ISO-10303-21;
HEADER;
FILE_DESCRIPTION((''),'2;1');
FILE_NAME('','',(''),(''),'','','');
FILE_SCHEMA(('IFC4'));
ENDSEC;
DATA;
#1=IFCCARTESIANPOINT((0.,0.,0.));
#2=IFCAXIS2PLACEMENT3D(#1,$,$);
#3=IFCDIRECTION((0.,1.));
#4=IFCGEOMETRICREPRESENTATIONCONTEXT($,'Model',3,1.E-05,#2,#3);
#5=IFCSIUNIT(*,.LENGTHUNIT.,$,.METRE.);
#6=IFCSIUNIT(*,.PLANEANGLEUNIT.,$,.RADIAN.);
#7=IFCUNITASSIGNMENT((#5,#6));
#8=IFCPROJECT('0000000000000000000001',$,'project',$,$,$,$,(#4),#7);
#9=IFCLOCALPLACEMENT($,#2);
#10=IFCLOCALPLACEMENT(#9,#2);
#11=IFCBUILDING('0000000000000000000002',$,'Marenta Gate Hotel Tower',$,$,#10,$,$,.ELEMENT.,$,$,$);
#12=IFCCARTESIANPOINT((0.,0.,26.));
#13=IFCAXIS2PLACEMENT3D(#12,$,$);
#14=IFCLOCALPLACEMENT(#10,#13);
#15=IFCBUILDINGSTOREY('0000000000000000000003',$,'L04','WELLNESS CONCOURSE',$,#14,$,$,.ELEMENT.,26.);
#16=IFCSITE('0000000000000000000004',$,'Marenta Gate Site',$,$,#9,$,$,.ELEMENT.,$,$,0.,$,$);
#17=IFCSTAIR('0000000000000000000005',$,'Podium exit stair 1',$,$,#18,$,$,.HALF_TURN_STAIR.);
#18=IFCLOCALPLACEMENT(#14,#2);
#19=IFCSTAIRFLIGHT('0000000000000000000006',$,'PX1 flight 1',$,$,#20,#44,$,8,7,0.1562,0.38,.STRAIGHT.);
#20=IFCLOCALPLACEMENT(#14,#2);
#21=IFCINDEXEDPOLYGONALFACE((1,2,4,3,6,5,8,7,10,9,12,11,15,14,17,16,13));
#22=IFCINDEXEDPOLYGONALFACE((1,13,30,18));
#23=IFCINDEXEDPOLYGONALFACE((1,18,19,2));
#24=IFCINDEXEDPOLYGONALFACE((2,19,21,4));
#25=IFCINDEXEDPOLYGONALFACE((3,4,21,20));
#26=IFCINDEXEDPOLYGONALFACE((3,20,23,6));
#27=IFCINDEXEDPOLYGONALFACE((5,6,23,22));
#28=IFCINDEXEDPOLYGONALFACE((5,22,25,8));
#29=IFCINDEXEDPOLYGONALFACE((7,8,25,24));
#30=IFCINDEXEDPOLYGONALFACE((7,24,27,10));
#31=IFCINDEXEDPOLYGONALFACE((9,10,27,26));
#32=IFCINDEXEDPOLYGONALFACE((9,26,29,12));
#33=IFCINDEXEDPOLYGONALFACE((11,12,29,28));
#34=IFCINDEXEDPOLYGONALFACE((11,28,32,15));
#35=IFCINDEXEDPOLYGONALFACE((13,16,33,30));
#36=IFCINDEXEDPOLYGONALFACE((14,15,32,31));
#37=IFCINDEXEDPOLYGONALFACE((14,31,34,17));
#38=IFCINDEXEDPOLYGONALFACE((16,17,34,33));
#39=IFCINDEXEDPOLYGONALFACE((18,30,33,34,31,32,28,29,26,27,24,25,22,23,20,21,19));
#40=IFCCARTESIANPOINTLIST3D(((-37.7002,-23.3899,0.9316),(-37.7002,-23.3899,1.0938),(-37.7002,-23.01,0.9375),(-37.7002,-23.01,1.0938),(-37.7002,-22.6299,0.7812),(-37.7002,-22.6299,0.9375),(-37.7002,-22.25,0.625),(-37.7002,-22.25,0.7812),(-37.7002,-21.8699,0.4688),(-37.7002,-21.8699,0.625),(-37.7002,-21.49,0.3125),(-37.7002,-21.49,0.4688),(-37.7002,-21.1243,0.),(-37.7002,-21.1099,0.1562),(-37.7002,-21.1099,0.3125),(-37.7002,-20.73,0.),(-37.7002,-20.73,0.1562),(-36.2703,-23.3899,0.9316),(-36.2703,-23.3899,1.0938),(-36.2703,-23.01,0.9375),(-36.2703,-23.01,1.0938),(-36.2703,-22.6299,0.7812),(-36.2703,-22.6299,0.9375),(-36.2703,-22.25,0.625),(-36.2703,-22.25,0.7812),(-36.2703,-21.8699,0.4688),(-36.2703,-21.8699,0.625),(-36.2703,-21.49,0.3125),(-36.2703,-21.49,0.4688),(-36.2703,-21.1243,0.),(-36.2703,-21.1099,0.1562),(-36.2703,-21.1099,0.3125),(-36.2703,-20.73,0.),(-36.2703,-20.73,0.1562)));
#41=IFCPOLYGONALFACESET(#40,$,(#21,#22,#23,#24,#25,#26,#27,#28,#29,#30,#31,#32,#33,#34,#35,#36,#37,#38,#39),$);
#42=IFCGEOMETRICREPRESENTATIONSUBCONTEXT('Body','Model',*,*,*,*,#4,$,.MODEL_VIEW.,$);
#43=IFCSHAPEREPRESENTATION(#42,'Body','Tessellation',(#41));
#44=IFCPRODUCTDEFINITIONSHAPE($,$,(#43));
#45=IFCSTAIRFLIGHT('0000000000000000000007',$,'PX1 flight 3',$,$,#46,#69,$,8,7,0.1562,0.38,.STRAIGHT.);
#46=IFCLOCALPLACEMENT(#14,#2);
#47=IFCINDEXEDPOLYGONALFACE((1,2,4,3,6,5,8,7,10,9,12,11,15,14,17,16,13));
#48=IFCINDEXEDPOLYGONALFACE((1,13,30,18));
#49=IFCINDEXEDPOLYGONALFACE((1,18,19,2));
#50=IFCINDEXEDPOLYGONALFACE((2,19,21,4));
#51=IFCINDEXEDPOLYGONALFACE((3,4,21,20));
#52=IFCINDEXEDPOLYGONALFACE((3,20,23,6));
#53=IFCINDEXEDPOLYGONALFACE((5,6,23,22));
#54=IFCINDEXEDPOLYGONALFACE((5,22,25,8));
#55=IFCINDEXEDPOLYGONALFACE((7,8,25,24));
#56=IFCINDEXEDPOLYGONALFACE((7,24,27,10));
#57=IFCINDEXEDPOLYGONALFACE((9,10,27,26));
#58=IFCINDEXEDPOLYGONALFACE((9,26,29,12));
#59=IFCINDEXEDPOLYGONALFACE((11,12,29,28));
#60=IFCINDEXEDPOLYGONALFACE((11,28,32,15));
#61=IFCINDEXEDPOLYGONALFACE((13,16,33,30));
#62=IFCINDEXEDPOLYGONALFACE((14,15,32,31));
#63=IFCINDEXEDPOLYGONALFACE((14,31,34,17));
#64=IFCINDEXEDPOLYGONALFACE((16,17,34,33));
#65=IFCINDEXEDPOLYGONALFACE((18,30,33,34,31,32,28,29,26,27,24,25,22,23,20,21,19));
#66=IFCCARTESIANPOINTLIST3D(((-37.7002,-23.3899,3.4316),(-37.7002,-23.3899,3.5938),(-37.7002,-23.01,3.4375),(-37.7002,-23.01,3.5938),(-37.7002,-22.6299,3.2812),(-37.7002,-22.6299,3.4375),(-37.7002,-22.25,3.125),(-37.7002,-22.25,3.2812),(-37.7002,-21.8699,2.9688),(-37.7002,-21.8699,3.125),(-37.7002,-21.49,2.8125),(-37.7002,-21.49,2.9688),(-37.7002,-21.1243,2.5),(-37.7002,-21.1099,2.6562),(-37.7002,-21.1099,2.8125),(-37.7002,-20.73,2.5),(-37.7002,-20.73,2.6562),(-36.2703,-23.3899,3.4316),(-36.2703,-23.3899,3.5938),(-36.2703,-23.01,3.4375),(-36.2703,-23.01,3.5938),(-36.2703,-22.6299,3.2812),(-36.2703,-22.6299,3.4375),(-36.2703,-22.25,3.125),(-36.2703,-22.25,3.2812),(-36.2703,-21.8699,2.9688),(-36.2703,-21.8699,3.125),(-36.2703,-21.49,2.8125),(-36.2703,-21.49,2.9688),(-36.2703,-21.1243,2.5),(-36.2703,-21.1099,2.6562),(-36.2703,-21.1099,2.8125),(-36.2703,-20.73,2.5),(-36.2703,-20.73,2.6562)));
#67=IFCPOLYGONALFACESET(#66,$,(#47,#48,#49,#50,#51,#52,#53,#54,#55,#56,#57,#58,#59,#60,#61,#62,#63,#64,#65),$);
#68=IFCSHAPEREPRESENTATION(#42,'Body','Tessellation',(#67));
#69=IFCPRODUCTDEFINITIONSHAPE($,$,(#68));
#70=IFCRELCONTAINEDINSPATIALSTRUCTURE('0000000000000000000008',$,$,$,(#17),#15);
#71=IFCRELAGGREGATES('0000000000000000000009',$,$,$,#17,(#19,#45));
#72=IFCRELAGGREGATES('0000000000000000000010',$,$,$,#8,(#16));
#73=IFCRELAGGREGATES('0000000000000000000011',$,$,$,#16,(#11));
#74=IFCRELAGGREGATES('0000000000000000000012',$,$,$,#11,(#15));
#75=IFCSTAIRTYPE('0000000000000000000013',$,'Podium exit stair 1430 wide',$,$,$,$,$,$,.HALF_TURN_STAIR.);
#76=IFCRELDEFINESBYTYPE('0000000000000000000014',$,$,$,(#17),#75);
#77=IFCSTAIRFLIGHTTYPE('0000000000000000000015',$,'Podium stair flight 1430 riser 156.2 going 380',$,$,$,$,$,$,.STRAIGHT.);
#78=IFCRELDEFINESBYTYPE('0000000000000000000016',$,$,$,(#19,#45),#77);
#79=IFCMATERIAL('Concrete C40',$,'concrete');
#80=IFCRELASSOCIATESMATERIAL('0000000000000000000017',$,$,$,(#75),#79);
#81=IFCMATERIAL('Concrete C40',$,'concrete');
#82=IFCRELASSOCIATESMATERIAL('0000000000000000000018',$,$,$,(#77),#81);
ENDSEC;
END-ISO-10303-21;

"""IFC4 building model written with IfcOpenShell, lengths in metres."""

from ifc_helpers import new_model, si_unit, direction, frame, origin, place, context, subcontext, project, spatial, polyline, outline, extrude, material, type_object, element, aggregate, save


model = new_model("IFC4")

# Units and contexts
model_context = context("Model", 3, precision=1e-05, world=origin(), true_north=direction((0.0, 1.0)))
body_context = subcontext(model_context, "Body", "Model", "MODEL_VIEW")
ifc_project = project(units=[si_unit("LENGTHUNIT", "METRE"), si_unit("PLANEANGLEUNIT", "RADIAN")], contexts=[model_context])

# Site, building, storey
site_placement = place(None, origin())
site = spatial("IfcSite", under=ifc_project, at=site_placement, Name="Marenta Gate Site", CompositionType="ELEMENT", RefElevation=0.0)
building_placement = place(site_placement, origin())
building = spatial("IfcBuilding", under=site, at=building_placement, Name="Marenta Gate Hotel Tower", CompositionType="ELEMENT")
storey_placement = place(building_placement, frame((0.0, 0.0, 26.0)))
storey = spatial("IfcBuildingStorey", under=building, at=storey_placement, Name="L04", Description="WELLNESS CONCOURSE", CompositionType="ELEMENT", Elevation=26.0)

# Stair, stair flights
ifc_material_1 = material(Name="Concrete C40", Category="concrete")
stair_type = type_object("IfcStairType", Name="Podium exit stair 1430 wide", PredefinedType="HALF_TURN_STAIR", material=ifc_material_1)
stair_placement = place(storey_placement, origin())
stair = element("IfcStair", 1, at=stair_placement, inside=storey, type_object=stair_type, Name="Podium exit stair 1", PredefinedType="HALF_TURN_STAIR")
ifc_material_2 = material(Name="Concrete C40", Category="concrete")
stair_flight_type = type_object("IfcStairFlightType", Name="Podium stair flight 1430 riser 156.2 going 380", PredefinedType="STRAIGHT", material=ifc_material_2)
stair_flight_1_placement = place(storey_placement, frame((-36.9851, -20.73, 0.0), z_axis=(0.0, 0.0, 1.0), x_axis=(0.0, -1.0, 0.0)))
stair_flight_1 = element("IfcStairFlight", 2, at=stair_flight_1_placement, type_object=stair_flight_type, Name="PX1 flight 1", NumberOfRisers=8, NumberOfTreads=7, PredefinedType="STRAIGHT", RiserHeight=0.1562, TreadLength=0.38, context=body_context, shape_type="SweptSolid", body=[
    extrude(outline(polyline([(0.0, 0.0), (0.0, 0.1562), (0.3799, 0.1562), (0.3799, 0.3125), (0.76, 0.3125), (0.76, 0.4688), (1.1399, 0.4688), (1.1399, 0.625), (1.52, 0.625), (1.52, 0.7812), (1.8999, 0.7812), (1.8999, 0.9375), (2.28, 0.9375), (2.28, 1.0938), (2.6599, 1.0938), (2.6599, 1.25), (2.6599, 0.9316), (0.3943, 0.0), (0.0, 0.0)])), frame((0.0, 0.7148, 0.0), z_axis=(0.0, -1.0, 0.0), x_axis=(1.0, 0.0, 0.0)), (0.0, 0.0, 1.0), 1.4299),
])
stair_flight_2_placement = place(storey_placement, frame((-36.9851, -20.73, 2.5), z_axis=(0.0, 0.0, 1.0), x_axis=(0.0, -1.0, 0.0)))
stair_flight_2 = element("IfcStairFlight", 3, at=stair_flight_2_placement, type_object=stair_flight_type, Name="PX1 flight 3", NumberOfRisers=8, NumberOfTreads=7, PredefinedType="STRAIGHT", RiserHeight=0.1562, TreadLength=0.38, context=body_context, shape_type="SweptSolid", body=[
    extrude(outline(polyline([(0.0, 0.0), (0.0, 0.1562), (0.3799, 0.1562), (0.3799, 0.3125), (0.76, 0.3125), (0.76, 0.4688), (1.1399, 0.4688), (1.1399, 0.625), (1.52, 0.625), (1.52, 0.7812), (1.8999, 0.7812), (1.8999, 0.9375), (2.28, 0.9375), (2.28, 1.0938), (2.6599, 1.0938), (2.6599, 1.25), (2.6599, 0.9316), (0.3943, 0.0), (0.0, 0.0)])), frame((0.0, 0.7148, 0.0), z_axis=(0.0, -1.0, 0.0), x_axis=(1.0, 0.0, 0.0)), (0.0, 0.0, 1.0), 1.4299),
])
aggregate(stair, [stair_flight_1, stair_flight_2])

save(model, "model.ifc")
